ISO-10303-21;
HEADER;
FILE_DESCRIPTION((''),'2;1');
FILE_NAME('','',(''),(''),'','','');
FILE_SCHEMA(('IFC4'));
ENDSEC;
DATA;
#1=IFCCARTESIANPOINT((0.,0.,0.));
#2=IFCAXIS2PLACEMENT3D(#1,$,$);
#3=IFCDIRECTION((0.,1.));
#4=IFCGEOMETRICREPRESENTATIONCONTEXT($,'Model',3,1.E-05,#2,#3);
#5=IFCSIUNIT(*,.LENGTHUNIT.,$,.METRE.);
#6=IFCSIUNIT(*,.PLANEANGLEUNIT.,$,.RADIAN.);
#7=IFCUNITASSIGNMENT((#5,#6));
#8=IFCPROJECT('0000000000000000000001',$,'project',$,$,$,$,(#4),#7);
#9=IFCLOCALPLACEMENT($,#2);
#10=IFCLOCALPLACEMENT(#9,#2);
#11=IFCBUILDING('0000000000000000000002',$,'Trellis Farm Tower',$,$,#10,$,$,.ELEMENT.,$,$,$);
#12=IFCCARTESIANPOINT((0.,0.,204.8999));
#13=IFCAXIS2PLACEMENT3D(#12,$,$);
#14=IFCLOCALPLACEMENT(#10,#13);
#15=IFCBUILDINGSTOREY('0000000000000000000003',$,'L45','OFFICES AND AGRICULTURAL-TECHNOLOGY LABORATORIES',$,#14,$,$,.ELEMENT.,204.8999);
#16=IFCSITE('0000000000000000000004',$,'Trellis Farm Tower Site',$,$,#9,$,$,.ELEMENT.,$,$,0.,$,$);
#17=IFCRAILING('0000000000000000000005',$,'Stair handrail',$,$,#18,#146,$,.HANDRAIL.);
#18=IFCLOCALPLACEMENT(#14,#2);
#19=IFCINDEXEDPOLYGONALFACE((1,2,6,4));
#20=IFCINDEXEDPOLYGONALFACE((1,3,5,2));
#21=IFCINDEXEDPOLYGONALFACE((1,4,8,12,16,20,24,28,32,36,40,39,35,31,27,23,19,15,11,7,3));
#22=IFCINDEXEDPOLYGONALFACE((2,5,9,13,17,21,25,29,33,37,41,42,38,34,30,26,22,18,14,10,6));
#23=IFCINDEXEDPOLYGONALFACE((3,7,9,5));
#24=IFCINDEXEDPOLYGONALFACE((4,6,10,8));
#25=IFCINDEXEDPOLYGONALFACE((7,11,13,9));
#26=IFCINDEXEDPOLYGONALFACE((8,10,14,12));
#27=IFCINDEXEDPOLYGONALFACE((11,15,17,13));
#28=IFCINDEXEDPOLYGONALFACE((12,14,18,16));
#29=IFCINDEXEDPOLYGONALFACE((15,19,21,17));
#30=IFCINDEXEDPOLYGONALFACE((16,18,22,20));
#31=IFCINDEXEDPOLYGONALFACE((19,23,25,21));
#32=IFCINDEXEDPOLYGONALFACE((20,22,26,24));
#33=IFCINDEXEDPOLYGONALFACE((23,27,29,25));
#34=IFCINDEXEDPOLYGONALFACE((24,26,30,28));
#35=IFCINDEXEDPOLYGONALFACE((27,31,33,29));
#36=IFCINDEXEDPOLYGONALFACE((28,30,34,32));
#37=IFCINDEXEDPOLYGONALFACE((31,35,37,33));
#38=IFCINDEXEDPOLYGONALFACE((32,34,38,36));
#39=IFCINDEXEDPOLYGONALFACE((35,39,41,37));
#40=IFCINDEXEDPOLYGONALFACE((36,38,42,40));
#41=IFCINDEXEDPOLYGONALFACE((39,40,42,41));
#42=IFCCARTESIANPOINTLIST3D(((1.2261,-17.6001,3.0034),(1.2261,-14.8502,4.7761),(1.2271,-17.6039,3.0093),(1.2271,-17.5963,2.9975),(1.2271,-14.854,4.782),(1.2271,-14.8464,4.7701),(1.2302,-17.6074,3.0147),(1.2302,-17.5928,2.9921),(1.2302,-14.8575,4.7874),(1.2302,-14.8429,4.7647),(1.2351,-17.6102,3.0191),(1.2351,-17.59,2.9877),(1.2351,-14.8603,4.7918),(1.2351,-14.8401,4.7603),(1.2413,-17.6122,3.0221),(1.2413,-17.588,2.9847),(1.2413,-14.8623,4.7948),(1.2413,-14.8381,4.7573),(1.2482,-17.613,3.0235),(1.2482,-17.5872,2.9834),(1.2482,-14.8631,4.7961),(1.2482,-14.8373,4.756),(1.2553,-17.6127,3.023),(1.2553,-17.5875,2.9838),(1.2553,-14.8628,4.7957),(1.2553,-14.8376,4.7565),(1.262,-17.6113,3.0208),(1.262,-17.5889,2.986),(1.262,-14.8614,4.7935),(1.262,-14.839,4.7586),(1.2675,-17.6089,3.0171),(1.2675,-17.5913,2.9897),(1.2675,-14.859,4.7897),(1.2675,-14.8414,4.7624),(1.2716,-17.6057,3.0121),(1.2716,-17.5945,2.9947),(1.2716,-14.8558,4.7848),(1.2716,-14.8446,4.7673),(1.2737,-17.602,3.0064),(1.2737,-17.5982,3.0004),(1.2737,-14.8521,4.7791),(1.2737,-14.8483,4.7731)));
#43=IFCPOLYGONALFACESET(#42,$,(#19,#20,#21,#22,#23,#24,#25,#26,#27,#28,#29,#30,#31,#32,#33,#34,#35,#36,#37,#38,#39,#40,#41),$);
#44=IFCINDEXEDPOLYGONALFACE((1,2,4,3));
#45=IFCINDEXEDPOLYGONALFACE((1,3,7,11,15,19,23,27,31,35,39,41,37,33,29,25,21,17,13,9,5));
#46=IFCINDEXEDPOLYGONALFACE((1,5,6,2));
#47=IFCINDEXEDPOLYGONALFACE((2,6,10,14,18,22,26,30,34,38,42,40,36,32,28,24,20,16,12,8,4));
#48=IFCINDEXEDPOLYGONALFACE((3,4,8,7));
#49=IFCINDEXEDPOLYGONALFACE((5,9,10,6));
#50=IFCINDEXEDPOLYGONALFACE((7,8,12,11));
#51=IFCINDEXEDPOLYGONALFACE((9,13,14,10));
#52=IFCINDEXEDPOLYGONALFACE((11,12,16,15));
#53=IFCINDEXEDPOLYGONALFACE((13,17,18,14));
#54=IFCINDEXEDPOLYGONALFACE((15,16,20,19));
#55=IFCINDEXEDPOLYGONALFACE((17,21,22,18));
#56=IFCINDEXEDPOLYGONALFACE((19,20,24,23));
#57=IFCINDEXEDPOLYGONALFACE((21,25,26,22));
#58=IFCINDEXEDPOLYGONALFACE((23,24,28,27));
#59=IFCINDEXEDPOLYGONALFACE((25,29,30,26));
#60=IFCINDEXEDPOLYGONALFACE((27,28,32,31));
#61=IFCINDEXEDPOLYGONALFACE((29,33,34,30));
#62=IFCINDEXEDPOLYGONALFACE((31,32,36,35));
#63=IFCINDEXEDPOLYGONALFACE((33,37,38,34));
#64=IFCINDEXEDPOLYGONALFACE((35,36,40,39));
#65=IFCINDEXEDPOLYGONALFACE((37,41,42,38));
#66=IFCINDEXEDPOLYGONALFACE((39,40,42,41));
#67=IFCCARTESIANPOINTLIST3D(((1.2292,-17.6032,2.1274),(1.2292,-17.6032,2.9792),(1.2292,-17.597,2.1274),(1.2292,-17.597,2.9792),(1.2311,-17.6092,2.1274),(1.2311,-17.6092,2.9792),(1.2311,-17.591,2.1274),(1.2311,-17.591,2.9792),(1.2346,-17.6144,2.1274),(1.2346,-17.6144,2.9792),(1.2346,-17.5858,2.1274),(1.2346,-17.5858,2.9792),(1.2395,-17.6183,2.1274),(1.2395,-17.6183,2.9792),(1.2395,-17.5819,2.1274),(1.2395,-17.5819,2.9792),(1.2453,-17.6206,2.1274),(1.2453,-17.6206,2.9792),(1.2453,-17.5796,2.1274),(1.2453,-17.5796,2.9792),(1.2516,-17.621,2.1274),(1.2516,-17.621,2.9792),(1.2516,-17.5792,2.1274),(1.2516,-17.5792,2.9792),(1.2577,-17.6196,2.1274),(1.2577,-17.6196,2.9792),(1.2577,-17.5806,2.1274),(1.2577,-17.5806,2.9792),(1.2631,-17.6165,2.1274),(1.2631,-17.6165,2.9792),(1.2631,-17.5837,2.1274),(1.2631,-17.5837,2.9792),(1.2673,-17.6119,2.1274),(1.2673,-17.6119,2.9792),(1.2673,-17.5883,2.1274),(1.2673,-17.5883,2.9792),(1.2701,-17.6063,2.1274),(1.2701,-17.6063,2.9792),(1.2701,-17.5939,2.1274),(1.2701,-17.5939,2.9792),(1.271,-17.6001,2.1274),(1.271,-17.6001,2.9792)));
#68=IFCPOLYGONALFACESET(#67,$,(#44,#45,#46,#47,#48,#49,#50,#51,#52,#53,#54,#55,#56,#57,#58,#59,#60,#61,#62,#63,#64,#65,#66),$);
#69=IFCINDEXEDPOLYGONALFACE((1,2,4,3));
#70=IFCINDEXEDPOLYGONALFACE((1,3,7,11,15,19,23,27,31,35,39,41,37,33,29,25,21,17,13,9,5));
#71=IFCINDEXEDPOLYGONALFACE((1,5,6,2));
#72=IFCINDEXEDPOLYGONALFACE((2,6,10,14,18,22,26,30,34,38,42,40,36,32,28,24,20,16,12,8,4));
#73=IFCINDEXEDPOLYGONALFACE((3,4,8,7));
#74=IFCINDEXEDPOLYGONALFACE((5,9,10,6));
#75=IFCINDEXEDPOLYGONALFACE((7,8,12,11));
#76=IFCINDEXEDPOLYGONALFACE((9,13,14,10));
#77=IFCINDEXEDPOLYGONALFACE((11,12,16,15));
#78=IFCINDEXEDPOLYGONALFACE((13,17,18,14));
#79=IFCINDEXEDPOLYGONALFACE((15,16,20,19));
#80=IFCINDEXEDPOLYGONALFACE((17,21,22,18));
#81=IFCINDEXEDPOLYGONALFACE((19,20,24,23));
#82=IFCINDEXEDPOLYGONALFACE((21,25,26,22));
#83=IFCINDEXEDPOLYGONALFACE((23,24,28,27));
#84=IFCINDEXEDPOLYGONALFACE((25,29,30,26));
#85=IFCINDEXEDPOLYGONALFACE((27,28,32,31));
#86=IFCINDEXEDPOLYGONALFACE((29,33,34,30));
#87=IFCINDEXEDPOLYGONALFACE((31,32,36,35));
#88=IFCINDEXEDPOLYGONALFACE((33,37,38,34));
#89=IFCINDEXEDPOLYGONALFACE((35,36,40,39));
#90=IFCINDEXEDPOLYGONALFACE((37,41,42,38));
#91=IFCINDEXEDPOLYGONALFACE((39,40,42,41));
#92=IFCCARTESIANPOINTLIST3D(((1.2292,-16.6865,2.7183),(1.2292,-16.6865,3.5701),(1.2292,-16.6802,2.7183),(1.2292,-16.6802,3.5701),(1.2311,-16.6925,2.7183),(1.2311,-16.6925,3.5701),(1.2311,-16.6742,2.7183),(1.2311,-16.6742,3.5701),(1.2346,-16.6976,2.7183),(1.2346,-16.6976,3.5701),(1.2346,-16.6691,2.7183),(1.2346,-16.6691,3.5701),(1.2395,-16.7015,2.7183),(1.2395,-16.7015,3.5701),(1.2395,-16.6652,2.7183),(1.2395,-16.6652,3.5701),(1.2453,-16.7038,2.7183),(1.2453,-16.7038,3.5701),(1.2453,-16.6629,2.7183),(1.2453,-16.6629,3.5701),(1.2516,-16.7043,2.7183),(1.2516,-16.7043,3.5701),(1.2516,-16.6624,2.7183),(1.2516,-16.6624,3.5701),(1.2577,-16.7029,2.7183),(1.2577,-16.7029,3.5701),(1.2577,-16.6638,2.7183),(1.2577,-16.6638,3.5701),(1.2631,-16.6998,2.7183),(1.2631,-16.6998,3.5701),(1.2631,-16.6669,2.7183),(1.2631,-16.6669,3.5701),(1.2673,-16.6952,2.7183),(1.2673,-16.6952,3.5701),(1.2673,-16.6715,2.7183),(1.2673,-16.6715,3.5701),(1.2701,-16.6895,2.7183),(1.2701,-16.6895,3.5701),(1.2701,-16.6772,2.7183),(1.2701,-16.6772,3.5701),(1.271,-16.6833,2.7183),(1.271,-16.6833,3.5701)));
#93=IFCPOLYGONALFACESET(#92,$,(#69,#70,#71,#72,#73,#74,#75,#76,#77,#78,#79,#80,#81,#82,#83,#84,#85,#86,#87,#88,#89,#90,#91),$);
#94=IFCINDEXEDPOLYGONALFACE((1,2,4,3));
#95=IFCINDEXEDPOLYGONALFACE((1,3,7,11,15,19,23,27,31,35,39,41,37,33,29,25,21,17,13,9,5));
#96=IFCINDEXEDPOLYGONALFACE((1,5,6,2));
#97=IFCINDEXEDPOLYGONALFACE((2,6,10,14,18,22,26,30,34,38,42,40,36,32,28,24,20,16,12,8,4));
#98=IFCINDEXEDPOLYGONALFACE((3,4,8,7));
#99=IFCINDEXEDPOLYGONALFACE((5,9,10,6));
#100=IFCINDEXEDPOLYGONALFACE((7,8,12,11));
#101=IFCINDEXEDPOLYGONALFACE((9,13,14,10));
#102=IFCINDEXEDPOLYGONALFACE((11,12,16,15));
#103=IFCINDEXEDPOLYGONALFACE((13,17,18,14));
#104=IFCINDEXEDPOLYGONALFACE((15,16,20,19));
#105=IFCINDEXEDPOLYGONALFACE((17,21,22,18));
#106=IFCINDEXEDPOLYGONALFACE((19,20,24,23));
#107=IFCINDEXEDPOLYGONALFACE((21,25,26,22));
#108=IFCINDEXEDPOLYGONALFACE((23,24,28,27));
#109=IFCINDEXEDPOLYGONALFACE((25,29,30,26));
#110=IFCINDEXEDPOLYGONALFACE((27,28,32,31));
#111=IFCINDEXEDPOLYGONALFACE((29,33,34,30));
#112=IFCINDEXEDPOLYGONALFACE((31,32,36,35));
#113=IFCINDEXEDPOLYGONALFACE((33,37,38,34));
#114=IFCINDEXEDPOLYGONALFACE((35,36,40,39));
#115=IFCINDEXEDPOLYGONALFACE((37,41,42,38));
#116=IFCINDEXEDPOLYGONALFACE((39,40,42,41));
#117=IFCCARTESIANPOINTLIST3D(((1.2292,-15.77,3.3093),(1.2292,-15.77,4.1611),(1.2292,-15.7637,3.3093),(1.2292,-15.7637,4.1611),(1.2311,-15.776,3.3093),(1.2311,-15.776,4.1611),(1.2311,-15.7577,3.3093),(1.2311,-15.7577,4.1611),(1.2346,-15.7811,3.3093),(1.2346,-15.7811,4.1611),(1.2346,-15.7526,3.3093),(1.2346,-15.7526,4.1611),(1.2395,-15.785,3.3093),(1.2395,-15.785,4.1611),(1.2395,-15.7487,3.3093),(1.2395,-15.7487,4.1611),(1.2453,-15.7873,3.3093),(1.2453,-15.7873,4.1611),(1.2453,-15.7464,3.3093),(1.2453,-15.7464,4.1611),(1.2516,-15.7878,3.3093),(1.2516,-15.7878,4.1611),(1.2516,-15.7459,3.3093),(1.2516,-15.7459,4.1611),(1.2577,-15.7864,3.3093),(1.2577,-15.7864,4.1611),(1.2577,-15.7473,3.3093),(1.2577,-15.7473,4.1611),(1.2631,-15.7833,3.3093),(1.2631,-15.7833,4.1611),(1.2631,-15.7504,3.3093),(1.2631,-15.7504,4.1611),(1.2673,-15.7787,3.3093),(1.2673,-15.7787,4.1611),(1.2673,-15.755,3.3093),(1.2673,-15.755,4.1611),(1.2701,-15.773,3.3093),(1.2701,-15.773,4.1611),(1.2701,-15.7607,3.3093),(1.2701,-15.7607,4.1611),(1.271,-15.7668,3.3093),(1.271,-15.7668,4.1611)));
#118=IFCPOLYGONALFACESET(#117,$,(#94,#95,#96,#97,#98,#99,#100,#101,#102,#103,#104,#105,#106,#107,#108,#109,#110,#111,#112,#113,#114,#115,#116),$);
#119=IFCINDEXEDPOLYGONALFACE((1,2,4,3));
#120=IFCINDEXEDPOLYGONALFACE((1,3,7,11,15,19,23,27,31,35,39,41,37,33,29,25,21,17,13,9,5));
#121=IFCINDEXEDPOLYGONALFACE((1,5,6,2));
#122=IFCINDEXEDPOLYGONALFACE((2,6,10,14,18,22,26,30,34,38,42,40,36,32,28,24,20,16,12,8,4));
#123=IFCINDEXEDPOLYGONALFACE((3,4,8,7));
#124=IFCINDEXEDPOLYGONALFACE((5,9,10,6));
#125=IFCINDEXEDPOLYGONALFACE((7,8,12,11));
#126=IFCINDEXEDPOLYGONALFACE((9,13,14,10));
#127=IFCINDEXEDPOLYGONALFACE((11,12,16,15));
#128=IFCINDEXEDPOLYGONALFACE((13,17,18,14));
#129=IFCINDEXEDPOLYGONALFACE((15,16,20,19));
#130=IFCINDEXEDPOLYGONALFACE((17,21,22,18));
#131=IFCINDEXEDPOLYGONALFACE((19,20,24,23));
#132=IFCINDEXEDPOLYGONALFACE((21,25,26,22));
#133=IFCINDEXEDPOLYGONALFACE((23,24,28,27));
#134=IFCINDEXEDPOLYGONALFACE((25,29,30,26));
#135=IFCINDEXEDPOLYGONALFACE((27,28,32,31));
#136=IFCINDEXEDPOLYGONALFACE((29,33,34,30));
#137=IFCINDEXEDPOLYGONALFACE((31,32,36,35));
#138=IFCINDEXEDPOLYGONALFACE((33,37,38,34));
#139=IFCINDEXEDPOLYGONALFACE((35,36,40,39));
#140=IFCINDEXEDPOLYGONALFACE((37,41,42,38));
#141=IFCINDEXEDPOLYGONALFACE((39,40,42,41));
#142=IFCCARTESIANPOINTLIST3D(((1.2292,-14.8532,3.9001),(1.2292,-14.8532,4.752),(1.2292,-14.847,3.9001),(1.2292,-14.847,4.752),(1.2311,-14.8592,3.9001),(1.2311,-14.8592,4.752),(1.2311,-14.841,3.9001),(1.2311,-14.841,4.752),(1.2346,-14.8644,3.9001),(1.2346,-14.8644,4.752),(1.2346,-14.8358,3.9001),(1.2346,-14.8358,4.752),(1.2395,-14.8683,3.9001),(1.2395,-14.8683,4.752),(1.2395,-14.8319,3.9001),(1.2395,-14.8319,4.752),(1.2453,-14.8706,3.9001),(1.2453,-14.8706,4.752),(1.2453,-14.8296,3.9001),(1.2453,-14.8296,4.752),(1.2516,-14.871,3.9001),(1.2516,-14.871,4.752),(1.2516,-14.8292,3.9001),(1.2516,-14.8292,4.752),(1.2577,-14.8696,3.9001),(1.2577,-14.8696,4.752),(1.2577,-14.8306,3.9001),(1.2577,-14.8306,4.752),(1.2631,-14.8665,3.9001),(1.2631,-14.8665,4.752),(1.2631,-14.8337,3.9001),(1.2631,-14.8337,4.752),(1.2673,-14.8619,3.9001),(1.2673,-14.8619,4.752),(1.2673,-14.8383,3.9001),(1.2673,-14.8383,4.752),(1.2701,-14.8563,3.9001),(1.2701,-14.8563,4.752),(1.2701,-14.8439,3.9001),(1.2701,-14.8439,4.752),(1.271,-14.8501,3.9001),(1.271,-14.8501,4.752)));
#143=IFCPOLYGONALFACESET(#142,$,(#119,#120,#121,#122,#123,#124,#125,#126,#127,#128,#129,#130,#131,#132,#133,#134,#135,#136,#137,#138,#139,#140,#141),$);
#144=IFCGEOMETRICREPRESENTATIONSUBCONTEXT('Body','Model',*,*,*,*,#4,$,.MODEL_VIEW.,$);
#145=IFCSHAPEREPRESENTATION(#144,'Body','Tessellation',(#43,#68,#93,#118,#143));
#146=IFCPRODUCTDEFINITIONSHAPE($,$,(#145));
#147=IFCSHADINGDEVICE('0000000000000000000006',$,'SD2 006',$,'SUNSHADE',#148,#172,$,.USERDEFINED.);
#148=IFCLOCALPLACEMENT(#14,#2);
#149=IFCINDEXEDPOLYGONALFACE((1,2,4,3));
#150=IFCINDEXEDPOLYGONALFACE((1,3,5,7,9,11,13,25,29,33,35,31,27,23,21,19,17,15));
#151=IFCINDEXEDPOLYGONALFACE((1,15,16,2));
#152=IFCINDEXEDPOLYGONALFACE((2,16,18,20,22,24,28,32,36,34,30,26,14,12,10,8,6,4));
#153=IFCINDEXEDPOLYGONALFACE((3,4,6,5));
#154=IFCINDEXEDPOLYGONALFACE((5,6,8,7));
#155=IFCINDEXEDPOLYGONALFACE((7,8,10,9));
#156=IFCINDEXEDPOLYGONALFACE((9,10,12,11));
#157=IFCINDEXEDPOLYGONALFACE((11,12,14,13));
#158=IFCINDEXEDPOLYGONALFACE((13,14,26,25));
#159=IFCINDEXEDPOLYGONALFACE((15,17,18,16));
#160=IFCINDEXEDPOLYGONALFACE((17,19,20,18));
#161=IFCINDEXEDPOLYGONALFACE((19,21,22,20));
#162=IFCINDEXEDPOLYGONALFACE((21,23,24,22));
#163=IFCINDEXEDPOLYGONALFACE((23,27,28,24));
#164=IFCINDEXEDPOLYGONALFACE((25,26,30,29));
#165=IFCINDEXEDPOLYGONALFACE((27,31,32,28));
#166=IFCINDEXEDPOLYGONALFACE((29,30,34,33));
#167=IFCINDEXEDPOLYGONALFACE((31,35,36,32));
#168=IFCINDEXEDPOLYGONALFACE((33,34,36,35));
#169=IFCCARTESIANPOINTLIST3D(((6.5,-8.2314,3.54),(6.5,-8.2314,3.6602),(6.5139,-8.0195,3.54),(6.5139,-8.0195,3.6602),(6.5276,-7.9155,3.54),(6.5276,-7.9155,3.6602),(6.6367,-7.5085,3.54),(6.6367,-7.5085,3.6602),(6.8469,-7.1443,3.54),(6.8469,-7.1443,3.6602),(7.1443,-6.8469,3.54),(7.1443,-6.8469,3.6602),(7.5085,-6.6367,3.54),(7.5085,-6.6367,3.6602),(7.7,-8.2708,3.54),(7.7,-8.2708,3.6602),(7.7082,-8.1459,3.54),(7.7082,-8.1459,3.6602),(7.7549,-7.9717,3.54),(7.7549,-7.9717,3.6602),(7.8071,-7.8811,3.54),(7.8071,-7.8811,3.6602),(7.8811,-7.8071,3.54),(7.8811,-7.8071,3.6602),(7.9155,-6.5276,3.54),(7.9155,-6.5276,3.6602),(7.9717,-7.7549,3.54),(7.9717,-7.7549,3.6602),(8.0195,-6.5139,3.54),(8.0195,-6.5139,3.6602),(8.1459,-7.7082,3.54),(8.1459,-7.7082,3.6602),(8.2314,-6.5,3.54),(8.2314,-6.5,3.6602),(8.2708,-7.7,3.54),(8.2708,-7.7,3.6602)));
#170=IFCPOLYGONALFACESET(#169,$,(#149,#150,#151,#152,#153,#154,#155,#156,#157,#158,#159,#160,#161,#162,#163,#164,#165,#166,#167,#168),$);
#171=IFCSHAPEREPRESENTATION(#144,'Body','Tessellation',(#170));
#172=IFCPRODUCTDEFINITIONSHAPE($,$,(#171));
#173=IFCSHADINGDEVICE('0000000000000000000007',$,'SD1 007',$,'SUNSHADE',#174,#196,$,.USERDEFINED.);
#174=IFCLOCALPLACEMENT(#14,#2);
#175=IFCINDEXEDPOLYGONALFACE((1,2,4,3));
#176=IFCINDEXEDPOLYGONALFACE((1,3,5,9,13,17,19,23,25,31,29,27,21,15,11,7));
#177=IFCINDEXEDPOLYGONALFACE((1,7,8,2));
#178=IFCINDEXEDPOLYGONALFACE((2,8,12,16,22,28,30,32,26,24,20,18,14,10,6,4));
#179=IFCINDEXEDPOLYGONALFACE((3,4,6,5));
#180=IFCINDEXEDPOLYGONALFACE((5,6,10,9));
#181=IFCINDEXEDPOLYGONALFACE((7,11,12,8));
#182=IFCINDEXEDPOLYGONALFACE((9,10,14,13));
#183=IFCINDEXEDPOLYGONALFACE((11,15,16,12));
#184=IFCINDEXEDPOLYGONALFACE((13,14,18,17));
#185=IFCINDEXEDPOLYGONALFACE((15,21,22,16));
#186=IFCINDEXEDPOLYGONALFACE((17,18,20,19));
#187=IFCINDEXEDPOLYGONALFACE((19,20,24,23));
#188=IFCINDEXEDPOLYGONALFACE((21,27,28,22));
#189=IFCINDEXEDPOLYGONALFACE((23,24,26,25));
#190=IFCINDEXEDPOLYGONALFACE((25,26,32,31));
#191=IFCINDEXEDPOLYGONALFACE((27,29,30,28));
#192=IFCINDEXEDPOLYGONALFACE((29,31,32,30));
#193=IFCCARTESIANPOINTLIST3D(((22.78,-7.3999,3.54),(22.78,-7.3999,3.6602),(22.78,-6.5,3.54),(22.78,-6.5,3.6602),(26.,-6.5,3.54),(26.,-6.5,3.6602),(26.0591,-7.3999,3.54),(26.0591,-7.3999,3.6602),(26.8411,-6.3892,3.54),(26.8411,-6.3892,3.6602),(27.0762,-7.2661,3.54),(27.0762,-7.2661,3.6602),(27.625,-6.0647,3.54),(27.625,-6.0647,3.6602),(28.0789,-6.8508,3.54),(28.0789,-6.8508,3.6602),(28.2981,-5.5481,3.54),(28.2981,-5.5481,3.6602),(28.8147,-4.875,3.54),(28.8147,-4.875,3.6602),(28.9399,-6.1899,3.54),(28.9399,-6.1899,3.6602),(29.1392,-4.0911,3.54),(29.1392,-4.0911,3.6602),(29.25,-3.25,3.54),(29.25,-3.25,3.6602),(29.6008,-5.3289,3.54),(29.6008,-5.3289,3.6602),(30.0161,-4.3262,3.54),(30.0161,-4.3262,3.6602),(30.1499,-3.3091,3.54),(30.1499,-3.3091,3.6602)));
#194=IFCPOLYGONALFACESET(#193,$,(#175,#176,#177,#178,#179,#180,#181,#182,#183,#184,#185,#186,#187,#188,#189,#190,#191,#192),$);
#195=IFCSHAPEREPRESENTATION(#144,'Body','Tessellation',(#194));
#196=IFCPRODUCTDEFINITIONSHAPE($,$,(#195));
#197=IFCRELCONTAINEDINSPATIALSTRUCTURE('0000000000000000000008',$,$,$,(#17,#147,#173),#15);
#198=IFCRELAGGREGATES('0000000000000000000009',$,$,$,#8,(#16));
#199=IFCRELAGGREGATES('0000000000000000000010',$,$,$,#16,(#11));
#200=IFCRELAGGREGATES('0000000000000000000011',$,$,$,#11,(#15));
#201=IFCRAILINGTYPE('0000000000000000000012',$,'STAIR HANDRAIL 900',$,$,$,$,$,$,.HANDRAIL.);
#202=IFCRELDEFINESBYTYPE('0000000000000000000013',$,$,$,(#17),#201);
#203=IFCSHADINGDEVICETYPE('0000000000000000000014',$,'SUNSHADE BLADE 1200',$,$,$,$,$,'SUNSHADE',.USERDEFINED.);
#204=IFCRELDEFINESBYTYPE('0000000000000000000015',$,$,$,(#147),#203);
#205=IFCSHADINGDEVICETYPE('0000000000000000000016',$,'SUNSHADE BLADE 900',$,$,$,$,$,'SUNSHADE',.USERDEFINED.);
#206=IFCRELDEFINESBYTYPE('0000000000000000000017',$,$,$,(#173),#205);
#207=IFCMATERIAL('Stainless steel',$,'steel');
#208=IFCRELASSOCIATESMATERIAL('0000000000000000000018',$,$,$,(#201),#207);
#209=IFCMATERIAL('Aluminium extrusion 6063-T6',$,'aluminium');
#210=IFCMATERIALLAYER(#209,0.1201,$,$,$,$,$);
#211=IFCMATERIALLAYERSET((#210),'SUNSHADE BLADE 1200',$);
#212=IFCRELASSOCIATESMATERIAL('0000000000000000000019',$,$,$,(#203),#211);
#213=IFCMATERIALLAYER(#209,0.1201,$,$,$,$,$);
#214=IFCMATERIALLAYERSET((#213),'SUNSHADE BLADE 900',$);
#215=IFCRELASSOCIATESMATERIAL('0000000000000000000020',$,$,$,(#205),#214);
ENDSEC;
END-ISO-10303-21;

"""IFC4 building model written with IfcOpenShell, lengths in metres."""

from ifc_helpers import new_model, si_unit, direction, frame, origin, origin_2d, place, context, subcontext, project, spatial, polyline, circle, outline, extrude, source, transform, mapped, material, layer, layer_set, type_object, element, save


model = new_model("IFC4")

# Units and contexts
model_context = context("Model", 3, precision=1e-05, world=origin(), true_north=direction((0.0, 1.0)))
body_context = subcontext(model_context, "Body", "Model", "MODEL_VIEW")
ifc_project = project(units=[si_unit("LENGTHUNIT", "METRE"), si_unit("PLANEANGLEUNIT", "RADIAN")], contexts=[model_context])

# Site, building, storey
site_placement = place(None, origin())
site = spatial("IfcSite", under=ifc_project, at=site_placement, Name="Trellis Farm Tower Site", CompositionType="ELEMENT", RefElevation=0.0)
building_placement = place(site_placement, origin())
building = spatial("IfcBuilding", under=site, at=building_placement, Name="Trellis Farm Tower", CompositionType="ELEMENT")
storey_placement = place(building_placement, frame((0.0, 0.0, 204.8999)))
storey = spatial("IfcBuildingStorey", under=building, at=storey_placement, Name="L45", Description="OFFICES AND AGRICULTURAL-TECHNOLOGY LABORATORIES", CompositionType="ELEMENT", Elevation=204.8999)

# Shared definitions
ifc_material_1 = material(Name="Aluminium extrusion 6063-T6", Category="aluminium")

# Railing
ifc_material_2 = material(Name="Stainless steel", Category="steel")
railing_type = type_object("IfcRailingType", Name="STAIR HANDRAIL 900", PredefinedType="HANDRAIL", material=ifc_material_2)
shared_shape_1 = source(origin(), body_context, "Body", "SweptSolid", [
    extrude(circle(Radius=0.0239, at=origin_2d()), frame((0.0, 0.0, 0.876), z_axis=(0.0, 0.840504, 0.541806), x_axis=(-1.0, 0.0, 0.0)), (0.0, 0.0, 1.0), 3.2717),
    extrude(circle(Radius=0.021, at=origin_2d()), origin(), (0.0, 0.0, 1.0), 0.8518),
    extrude(circle(Radius=0.021, at=origin_2d()), frame((0.0, 0.9167, 0.5908)), (0.0, 0.0, 1.0), 0.8518),
    extrude(circle(Radius=0.021, at=origin_2d()), frame((0.0, 1.8333, 1.1819)), (0.0, 0.0, 1.0), 0.8518),
    extrude(circle(Radius=0.021, at=origin_2d()), frame((0.0, 2.75, 1.7727)), (0.0, 0.0, 1.0), 0.8518),
])
railing_placement = place(storey_placement, frame((1.25, -17.6001, 2.1274)))
element("IfcRailing", 1, at=railing_placement, inside=storey, type_object=railing_type, Name="Stair handrail", PredefinedType="HANDRAIL", context=body_context, shape_type="MappedRepresentation", body=[
    mapped(shared_shape_1, transform((0.0, 0.0, 0.0))),
])

# Shading devices
ifc_layer_1 = layer(ifc_material_1, 0.1201)
ifc_layer_set_1 = layer_set([ifc_layer_1], Name="SUNSHADE BLADE 1200")
shading_device_type_1 = type_object("IfcShadingDeviceType", Name="SUNSHADE BLADE 1200", ElementType="SUNSHADE", PredefinedType="USERDEFINED", material=ifc_layer_set_1)
shared_shape_2 = source(origin(), body_context, "Body", "SweptSolid", [
    extrude(outline(polyline([(7.7, -8.2708), (7.7087, -8.1372), (7.707, -8.1501), (7.7549, -7.9717), (7.8071, -7.8811), (7.8811, -7.8071), (7.9717, -7.7549), (8.1501, -7.707), (8.1372, -7.7087), (8.2708, -7.7), (8.2314, -6.5), (8.0195, -6.5139), (7.9155, -6.5276), (7.5085, -6.6367), (7.1443, -6.8469), (6.8469, -7.1443), (6.6367, -7.5085), (6.5276, -7.9155), (6.5139, -8.0195), (6.5, -8.2314), (7.7, -8.2708)])), origin(), (0.0, 0.0, 1.0), 0.1201),
])
placement_1 = place(storey_placement, frame((0.0, 0.0, 3.54)))
element("IfcShadingDevice", 2, at=placement_1, inside=storey, type_object=shading_device_type_1, Name="SD2 006", ObjectType="SUNSHADE", PredefinedType="USERDEFINED", context=body_context, shape_type="MappedRepresentation", body=[
    mapped(shared_shape_2, transform((0.0, 0.0, 0.0))),
])
ifc_layer_2 = layer(ifc_material_1, 0.1201)
ifc_layer_set_2 = layer_set([ifc_layer_2], Name="SUNSHADE BLADE 900")
shading_device_type_2 = type_object("IfcShadingDeviceType", Name="SUNSHADE BLADE 900", ElementType="SUNSHADE", PredefinedType="USERDEFINED", material=ifc_layer_set_2)
shared_shape_3 = source(origin(), body_context, "Body", "SweptSolid", [
    extrude(outline(polyline([(22.78, -7.3999), (26.0591, -7.3999), (27.0762, -7.2661), (28.0789, -6.8508), (28.9399, -6.1899), (29.6008, -5.3289), (30.0161, -4.3262), (30.1499, -3.3091), (29.25, -3.25), (29.1392, -4.0911), (28.8147, -4.875), (28.2981, -5.5481), (27.625, -6.0647), (26.8411, -6.3892), (26.0, -6.5), (22.78, -6.5), (22.78, -7.3999)])), origin(), (0.0, 0.0, 1.0), 0.1201),
])
element("IfcShadingDevice", 3, at=placement_1, inside=storey, type_object=shading_device_type_2, Name="SD1 007", ObjectType="SUNSHADE", PredefinedType="USERDEFINED", context=body_context, shape_type="MappedRepresentation", body=[
    mapped(shared_shape_3, transform((0.0, 0.0, 0.0))),
])

save(model, "model.ifc")
